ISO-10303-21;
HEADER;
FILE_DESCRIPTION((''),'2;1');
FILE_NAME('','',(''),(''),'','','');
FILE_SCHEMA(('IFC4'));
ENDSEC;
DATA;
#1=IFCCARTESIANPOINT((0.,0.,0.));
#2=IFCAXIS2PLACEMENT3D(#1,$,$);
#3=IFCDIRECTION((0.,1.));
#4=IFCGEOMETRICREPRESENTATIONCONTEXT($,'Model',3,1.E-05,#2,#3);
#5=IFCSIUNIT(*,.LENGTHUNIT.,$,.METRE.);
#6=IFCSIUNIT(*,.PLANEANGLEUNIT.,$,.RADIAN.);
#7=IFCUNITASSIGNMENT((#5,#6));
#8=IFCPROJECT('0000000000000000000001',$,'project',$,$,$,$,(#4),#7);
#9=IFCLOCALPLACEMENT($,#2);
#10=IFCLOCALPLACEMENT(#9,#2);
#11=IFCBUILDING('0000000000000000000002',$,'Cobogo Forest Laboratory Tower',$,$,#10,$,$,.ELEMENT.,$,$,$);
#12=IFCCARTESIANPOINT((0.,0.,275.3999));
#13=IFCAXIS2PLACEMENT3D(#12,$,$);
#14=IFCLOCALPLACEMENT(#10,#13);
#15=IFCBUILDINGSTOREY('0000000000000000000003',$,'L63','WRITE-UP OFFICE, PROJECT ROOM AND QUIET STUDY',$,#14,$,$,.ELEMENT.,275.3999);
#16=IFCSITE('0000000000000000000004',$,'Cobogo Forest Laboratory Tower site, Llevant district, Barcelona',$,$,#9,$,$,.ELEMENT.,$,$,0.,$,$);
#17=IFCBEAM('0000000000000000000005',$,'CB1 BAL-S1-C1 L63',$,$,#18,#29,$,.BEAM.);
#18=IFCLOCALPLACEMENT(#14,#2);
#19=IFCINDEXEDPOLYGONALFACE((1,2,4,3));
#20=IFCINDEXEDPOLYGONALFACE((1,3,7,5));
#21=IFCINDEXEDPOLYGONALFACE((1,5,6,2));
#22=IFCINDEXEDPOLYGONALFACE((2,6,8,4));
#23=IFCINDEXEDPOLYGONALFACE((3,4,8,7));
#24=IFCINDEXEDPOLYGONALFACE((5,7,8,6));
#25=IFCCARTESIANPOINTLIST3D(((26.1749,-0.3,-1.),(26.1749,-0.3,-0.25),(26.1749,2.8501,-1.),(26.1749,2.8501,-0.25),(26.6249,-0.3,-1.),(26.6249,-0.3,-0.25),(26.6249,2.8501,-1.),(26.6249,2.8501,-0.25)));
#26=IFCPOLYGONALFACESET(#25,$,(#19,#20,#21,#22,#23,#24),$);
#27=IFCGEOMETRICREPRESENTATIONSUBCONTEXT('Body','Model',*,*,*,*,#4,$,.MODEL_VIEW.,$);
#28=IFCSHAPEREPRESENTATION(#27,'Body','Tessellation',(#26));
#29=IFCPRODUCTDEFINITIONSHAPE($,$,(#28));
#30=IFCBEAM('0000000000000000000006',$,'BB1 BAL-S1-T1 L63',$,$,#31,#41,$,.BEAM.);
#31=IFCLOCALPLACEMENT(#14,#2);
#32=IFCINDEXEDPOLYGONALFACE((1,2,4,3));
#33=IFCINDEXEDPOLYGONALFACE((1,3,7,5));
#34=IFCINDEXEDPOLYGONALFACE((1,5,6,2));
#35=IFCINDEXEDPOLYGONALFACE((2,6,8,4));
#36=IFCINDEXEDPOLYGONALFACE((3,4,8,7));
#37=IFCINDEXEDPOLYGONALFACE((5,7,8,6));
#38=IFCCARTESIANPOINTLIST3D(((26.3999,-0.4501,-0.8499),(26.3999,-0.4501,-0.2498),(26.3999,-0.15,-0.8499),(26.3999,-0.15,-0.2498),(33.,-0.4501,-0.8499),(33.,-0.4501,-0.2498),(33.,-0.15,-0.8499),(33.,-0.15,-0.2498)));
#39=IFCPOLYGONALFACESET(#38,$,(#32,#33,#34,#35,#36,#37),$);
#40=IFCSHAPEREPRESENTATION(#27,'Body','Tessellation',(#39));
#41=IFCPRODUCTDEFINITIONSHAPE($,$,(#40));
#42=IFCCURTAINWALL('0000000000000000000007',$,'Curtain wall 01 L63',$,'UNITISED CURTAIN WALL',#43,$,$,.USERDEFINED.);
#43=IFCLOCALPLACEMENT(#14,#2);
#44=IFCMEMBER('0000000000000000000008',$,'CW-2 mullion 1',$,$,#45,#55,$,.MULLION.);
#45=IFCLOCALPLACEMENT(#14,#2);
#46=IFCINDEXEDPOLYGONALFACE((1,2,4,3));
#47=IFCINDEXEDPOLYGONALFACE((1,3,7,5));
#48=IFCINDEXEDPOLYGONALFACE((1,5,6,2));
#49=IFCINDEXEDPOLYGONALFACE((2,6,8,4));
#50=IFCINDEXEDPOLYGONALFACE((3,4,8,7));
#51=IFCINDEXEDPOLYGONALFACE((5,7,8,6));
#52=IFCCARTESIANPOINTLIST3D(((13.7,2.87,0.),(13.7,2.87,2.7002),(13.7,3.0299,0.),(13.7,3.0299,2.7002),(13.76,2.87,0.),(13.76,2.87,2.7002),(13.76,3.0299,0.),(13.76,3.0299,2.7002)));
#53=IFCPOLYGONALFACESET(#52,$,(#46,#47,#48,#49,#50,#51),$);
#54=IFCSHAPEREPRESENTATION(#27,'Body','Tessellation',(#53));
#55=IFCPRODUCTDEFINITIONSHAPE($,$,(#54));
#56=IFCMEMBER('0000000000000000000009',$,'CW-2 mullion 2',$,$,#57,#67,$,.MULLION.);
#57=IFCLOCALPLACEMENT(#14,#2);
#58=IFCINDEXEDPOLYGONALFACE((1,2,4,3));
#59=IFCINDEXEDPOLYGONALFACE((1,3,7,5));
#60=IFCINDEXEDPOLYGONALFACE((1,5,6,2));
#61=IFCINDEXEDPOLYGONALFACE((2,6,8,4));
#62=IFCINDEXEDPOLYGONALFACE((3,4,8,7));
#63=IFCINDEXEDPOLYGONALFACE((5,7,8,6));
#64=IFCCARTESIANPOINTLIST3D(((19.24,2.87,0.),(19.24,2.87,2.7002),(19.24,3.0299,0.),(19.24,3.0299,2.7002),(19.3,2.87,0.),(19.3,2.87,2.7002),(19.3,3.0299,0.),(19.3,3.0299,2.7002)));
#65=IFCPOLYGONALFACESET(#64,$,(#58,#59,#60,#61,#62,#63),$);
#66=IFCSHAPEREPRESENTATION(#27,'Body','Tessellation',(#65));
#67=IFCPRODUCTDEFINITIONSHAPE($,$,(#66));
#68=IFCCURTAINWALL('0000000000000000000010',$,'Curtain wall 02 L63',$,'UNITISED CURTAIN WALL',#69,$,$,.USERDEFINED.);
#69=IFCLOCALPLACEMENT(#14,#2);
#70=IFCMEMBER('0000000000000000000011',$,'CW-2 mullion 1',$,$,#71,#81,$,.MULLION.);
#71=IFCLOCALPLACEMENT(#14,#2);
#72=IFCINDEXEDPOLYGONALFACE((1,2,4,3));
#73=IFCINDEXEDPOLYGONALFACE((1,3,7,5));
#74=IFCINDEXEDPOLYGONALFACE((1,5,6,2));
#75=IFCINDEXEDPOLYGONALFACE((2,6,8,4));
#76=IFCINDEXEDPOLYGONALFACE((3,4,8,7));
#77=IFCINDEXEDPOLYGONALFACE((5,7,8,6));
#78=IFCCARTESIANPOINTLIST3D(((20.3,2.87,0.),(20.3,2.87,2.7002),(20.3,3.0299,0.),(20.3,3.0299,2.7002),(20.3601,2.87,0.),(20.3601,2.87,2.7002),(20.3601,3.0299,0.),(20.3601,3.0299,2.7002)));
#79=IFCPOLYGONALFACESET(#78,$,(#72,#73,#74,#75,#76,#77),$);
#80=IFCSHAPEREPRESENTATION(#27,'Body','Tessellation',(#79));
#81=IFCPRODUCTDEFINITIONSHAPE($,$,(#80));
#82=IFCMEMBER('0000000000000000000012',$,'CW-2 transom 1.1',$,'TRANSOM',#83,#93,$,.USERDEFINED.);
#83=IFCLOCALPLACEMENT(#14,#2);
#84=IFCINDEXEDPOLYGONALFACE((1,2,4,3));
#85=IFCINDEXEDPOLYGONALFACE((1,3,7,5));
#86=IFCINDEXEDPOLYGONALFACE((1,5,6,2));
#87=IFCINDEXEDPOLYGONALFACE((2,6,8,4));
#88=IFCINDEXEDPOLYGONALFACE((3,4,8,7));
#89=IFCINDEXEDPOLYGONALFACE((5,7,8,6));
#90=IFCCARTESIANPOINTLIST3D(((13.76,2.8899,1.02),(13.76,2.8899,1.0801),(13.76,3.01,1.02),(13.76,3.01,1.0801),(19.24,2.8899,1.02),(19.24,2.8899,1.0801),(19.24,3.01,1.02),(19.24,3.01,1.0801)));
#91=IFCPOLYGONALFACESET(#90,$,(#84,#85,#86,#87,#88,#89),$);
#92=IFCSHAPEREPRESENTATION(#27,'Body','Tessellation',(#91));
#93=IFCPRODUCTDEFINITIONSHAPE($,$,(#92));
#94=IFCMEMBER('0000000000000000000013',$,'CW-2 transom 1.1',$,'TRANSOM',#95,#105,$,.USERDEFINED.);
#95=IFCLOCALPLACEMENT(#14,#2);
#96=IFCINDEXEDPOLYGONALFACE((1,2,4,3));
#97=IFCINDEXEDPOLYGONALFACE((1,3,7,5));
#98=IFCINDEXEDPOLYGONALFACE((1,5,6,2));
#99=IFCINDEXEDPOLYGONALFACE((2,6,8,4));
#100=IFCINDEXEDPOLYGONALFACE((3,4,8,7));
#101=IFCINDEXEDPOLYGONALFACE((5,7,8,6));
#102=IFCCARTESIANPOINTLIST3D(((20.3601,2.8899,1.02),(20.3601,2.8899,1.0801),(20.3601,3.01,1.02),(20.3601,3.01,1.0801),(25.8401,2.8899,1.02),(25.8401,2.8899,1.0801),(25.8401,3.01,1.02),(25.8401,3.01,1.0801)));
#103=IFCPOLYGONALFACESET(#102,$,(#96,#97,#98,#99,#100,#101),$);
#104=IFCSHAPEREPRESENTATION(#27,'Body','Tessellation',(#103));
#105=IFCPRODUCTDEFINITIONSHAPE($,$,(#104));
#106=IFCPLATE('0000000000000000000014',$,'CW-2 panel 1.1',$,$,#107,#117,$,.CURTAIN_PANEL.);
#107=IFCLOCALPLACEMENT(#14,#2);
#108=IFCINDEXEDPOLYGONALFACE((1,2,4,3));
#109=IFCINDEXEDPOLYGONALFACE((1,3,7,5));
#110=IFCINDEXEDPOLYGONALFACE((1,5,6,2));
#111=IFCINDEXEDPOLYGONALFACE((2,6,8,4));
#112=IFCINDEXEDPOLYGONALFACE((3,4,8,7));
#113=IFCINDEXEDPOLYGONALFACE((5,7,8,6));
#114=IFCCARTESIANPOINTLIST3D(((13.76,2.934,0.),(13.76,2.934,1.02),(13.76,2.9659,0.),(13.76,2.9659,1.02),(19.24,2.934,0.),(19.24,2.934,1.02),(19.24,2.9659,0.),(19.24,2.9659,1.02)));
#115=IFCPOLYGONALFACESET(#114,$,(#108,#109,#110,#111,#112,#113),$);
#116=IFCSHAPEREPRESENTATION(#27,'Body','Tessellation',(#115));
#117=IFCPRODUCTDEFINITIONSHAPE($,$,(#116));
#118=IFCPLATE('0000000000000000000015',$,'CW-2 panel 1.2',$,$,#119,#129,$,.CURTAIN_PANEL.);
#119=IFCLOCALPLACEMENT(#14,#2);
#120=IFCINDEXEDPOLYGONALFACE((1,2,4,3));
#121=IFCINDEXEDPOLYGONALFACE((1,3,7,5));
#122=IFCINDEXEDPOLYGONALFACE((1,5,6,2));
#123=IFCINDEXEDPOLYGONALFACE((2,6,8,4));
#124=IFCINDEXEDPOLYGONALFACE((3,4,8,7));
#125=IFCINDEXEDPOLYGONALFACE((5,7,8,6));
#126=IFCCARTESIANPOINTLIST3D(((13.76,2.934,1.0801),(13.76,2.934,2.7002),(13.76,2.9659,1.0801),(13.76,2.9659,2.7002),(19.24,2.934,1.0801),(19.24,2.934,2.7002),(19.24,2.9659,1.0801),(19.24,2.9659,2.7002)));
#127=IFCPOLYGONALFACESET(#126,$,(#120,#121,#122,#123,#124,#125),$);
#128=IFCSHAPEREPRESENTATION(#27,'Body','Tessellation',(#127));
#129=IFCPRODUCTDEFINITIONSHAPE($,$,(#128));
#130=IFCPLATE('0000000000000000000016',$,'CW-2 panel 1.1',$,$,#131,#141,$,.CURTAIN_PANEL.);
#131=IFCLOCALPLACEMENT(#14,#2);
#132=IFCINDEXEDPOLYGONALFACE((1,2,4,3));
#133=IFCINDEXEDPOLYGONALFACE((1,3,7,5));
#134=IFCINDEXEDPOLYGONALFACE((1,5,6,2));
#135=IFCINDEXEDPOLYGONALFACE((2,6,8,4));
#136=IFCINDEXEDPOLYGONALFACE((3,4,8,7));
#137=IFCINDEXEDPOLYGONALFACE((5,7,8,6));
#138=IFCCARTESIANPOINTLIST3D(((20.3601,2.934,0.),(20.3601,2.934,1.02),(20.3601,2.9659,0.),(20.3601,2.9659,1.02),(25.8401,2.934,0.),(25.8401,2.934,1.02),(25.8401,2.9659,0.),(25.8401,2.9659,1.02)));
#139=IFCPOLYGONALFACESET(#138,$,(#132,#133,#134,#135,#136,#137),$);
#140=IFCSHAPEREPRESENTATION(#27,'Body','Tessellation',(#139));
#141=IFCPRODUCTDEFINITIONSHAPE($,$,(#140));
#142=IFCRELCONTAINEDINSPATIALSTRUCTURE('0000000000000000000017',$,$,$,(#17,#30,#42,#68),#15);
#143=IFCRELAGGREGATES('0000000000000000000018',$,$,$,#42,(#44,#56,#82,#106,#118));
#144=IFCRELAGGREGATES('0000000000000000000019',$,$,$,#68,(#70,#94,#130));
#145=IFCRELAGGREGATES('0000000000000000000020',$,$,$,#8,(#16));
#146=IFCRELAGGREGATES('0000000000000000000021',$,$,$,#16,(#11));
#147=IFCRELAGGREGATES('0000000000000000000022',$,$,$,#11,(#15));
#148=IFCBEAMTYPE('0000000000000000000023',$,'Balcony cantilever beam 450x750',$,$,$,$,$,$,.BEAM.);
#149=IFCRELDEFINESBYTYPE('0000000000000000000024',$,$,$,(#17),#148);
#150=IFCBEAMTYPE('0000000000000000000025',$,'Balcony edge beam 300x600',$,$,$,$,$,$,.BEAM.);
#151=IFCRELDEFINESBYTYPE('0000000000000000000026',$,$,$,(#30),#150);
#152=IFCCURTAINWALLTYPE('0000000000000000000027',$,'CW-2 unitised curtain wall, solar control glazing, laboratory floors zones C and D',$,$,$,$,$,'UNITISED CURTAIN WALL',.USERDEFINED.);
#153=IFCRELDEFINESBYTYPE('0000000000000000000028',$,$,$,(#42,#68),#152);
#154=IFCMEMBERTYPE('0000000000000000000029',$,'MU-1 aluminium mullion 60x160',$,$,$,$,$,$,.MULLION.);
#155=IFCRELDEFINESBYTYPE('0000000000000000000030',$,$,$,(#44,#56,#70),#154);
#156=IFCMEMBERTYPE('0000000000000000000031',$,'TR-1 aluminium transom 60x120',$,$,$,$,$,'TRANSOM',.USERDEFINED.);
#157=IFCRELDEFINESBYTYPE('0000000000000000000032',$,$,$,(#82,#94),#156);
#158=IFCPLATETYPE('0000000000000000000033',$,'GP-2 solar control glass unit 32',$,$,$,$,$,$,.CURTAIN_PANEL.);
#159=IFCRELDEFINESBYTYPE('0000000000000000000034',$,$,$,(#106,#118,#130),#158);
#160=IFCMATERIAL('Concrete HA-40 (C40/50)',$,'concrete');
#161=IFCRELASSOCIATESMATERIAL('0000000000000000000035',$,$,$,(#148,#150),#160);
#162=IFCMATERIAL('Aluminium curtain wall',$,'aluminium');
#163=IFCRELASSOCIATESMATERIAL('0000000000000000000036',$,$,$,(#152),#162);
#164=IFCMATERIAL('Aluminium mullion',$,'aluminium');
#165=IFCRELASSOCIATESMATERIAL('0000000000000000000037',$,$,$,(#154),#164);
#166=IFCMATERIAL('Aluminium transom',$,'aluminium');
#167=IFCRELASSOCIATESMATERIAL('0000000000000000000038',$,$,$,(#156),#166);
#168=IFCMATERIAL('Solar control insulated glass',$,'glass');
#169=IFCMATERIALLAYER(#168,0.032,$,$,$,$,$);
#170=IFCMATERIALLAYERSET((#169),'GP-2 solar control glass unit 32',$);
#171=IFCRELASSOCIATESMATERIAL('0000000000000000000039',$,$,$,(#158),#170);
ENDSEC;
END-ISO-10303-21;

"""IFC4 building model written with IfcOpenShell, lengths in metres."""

from ifc_helpers import new_model, si_unit, direction, frame, origin, origin_2d, place, context, subcontext, project, spatial, rectangle, extrude, material, layer, layer_set, material_profile, profile_set, type_object, element, aggregate, save


model = new_model("IFC4")

# Units and contexts
model_context = context("Model", 3, precision=1e-05, world=origin(), true_north=direction((0.0, 1.0)))
body_context = subcontext(model_context, "Body", "Model", "MODEL_VIEW")
ifc_project = project(units=[si_unit("LENGTHUNIT", "METRE"), si_unit("PLANEANGLEUNIT", "RADIAN")], contexts=[model_context])

# Site, building, storey
site_placement = place(None, origin())
site = spatial("IfcSite", under=ifc_project, at=site_placement, Name="Cobogo Forest Laboratory Tower site, Llevant district, Barcelona", CompositionType="ELEMENT", RefElevation=0.0)
building_placement = place(site_placement, origin())
building = spatial("IfcBuilding", under=site, at=building_placement, Name="Cobogo Forest Laboratory Tower", CompositionType="ELEMENT")
storey_placement = place(building_placement, frame((0.0, 0.0, 275.3999)))
storey = spatial("IfcBuildingStorey", under=building, at=storey_placement, Name="L63", Description="WRITE-UP OFFICE, PROJECT ROOM AND QUIET STUDY", CompositionType="ELEMENT", Elevation=275.3999)

# Beams
ifc_material_1 = material(Name="Concrete HA-40 (C40/50)", Category="concrete")
ifc_material_profile_1 = material_profile(ifc_material_1, rectangle(XDim=0.45, YDim=0.75, at=origin_2d()), Name="RC 450x750")
ifc_profile_set_1 = profile_set([ifc_material_profile_1], Name="Concrete HA-40 (C40/50)")
beam_type_1 = type_object("IfcBeamType", Name="Balcony cantilever beam 450x750", PredefinedType="BEAM", material=ifc_profile_set_1)
beam_1_placement = place(storey_placement, frame((26.3999, 2.8501, -0.625), z_axis=(0.0, -1.0, 0.0), x_axis=(1.0, 0.0, 0.0)))
element("IfcBeam", 1, at=beam_1_placement, inside=storey, type_object=beam_type_1, Name="CB1 BAL-S1-C1 L63", PredefinedType="BEAM", context=body_context, shape_type="SweptSolid", body=[
    extrude(rectangle(XDim=0.45, YDim=0.75, at=origin_2d()), origin(), (0.0, 0.0, 1.0), 3.1501),
])
ifc_material_profile_2 = material_profile(ifc_material_1, rectangle(XDim=0.3, YDim=0.6001, at=origin_2d()), Name="RC 300x600")
ifc_profile_set_2 = profile_set([ifc_material_profile_2], Name="Concrete HA-40 (C40/50)")
beam_type_2 = type_object("IfcBeamType", Name="Balcony edge beam 300x600", PredefinedType="BEAM", material=ifc_profile_set_2)
beam_2_placement = place(storey_placement, frame((26.3999, -0.3, -0.5498), z_axis=(1.0, 0.0, 0.0), x_axis=(0.0, 1.0, 0.0)))
element("IfcBeam", 2, at=beam_2_placement, inside=storey, type_object=beam_type_2, Name="BB1 BAL-S1-T1 L63", PredefinedType="BEAM", context=body_context, shape_type="SweptSolid", body=[
    extrude(rectangle(XDim=0.3, YDim=0.6001, at=origin_2d()), origin(), (0.0, 0.0, 1.0), 6.6001),
])

# Curtain wall, members
ifc_material_2 = material(Name="Aluminium curtain wall", Category="aluminium")
curtain_wall_type = type_object("IfcCurtainWallType", Name="CW-2 unitised curtain wall, solar control glazing, laboratory floors zones C and D", ElementType="UNITISED CURTAIN WALL", PredefinedType="USERDEFINED", material=ifc_material_2)
curtain_wall_1_placement = place(storey_placement, origin())
curtain_wall_1 = element("IfcCurtainWall", 3, at=curtain_wall_1_placement, inside=storey, type_object=curtain_wall_type, Name="Curtain wall 01 L63", ObjectType="UNITISED CURTAIN WALL", PredefinedType="USERDEFINED")
ifc_material_3 = material(Name="Aluminium mullion", Category="aluminium")
ifc_material_profile_3 = material_profile(ifc_material_3, rectangle(XDim=0.0601, YDim=0.1599, at=origin_2d()), Name="AL 60x160")
ifc_profile_set_3 = profile_set([ifc_material_profile_3], Name="Aluminium mullion")
member_type_1 = type_object("IfcMemberType", Name="MU-1 aluminium mullion 60x160", PredefinedType="MULLION", material=ifc_profile_set_3)
member_1_placement = place(storey_placement, frame((13.73, 2.95, 0.0), z_axis=(0.0, 0.0, 1.0), x_axis=(1.0, 0.0, 0.0)))
member_1 = element("IfcMember", 4, at=member_1_placement, type_object=member_type_1, Name="CW-2 mullion 1", PredefinedType="MULLION", context=body_context, shape_type="SweptSolid", body=[
    extrude(rectangle(XDim=0.0601, YDim=0.1599, at=origin_2d()), origin(), (0.0, 0.0, 1.0), 2.7002),
])
member_2_placement = place(storey_placement, frame((19.27, 2.95, 0.0), z_axis=(0.0, 0.0, 1.0), x_axis=(1.0, 0.0, 0.0)))
member_2 = element("IfcMember", 5, at=member_2_placement, type_object=member_type_1, Name="CW-2 mullion 2", PredefinedType="MULLION", context=body_context, shape_type="SweptSolid", body=[
    extrude(rectangle(XDim=0.0601, YDim=0.1599, at=origin_2d()), origin(), (0.0, 0.0, 1.0), 2.7002),
])

# Curtain wall, member
curtain_wall_2_placement = place(storey_placement, origin())
curtain_wall_2 = element("IfcCurtainWall", 6, at=curtain_wall_2_placement, inside=storey, type_object=curtain_wall_type, Name="Curtain wall 02 L63", ObjectType="UNITISED CURTAIN WALL", PredefinedType="USERDEFINED")
member_3_placement = place(storey_placement, frame((20.3301, 2.95, 0.0), z_axis=(0.0, 0.0, 1.0), x_axis=(1.0, 0.0, 0.0)))
member_3 = element("IfcMember", 7, at=member_3_placement, type_object=member_type_1, Name="CW-2 mullion 1", PredefinedType="MULLION", context=body_context, shape_type="SweptSolid", body=[
    extrude(rectangle(XDim=0.0601, YDim=0.1599, at=origin_2d()), origin(), (0.0, 0.0, 1.0), 2.7002),
])

# Members
ifc_material_4 = material(Name="Aluminium transom", Category="aluminium")
ifc_material_profile_4 = material_profile(ifc_material_4, rectangle(XDim=0.1201, YDim=0.0601, at=origin_2d()), Name="AL 60x120")
ifc_profile_set_4 = profile_set([ifc_material_profile_4], Name="Aluminium transom")
member_type_2 = type_object("IfcMemberType", Name="TR-1 aluminium transom 60x120", ElementType="TRANSOM", PredefinedType="USERDEFINED", material=ifc_profile_set_4)
member_4_placement = place(storey_placement, frame((13.76, 2.95, 1.05), z_axis=(1.0, 0.0, 0.0), x_axis=(0.0, 1.0, 0.0)))
member_4 = element("IfcMember", 8, at=member_4_placement, type_object=member_type_2, Name="CW-2 transom 1.1", ObjectType="TRANSOM", PredefinedType="USERDEFINED", context=body_context, shape_type="SweptSolid", body=[
    extrude(rectangle(XDim=0.1201, YDim=0.0601, at=origin_2d()), origin(), (0.0, 0.0, 1.0), 5.48),
])
member_5_placement = place(storey_placement, frame((20.3601, 2.95, 1.05), z_axis=(1.0, 0.0, 0.0), x_axis=(0.0, 1.0, 0.0)))
member_5 = element("IfcMember", 9, at=member_5_placement, type_object=member_type_2, Name="CW-2 transom 1.1", ObjectType="TRANSOM", PredefinedType="USERDEFINED", context=body_context, shape_type="SweptSolid", body=[
    extrude(rectangle(XDim=0.1201, YDim=0.0601, at=origin_2d()), origin(), (0.0, 0.0, 1.0), 5.48),
])

# Plates
ifc_material_5 = material(Name="Solar control insulated glass", Category="glass")
ifc_layer = layer(ifc_material_5, 0.032)
ifc_layer_set = layer_set([ifc_layer], Name="GP-2 solar control glass unit 32")
plate_type_1 = type_object("IfcPlateType", Name="GP-2 solar control glass unit 32", PredefinedType="CURTAIN_PANEL", material=ifc_layer_set)
plate_1_placement = place(storey_placement, frame((16.5, 2.95, 0.0), z_axis=(0.0, 0.0, 1.0), x_axis=(1.0, 0.0, 0.0)))
plate_1 = element("IfcPlate", 10, at=plate_1_placement, type_object=plate_type_1, Name="CW-2 panel 1.1", PredefinedType="CURTAIN_PANEL", context=body_context, shape_type="SweptSolid", body=[
    extrude(rectangle(XDim=5.48, YDim=0.032, at=origin_2d()), origin(), (0.0, 0.0, 1.0), 1.02),
])
plate_2_placement = place(storey_placement, frame((16.5, 2.95, 1.0801), z_axis=(0.0, 0.0, 1.0), x_axis=(1.0, 0.0, 0.0)))
plate_2 = element("IfcPlate", 11, at=plate_2_placement, type_object=plate_type_1, Name="CW-2 panel 1.2", PredefinedType="CURTAIN_PANEL", context=body_context, shape_type="SweptSolid", body=[
    extrude(rectangle(XDim=5.48, YDim=0.032, at=origin_2d()), origin(), (0.0, 0.0, 1.0), 1.6201),
])
aggregate(curtain_wall_1, [member_1, member_2, member_4, plate_1, plate_2])
plate_3_placement = place(storey_placement, frame((23.1001, 2.95, 0.0), z_axis=(0.0, 0.0, 1.0), x_axis=(1.0, 0.0, 0.0)))
plate_3 = element("IfcPlate", 12, at=plate_3_placement, type_object=plate_type_1, Name="CW-2 panel 1.1", PredefinedType="CURTAIN_PANEL", context=body_context, shape_type="SweptSolid", body=[
    extrude(rectangle(XDim=5.48, YDim=0.032, at=origin_2d()), origin(), (0.0, 0.0, 1.0), 1.02),
])
aggregate(curtain_wall_2, [member_3, member_5, plate_3])

save(model, "model.ifc")
